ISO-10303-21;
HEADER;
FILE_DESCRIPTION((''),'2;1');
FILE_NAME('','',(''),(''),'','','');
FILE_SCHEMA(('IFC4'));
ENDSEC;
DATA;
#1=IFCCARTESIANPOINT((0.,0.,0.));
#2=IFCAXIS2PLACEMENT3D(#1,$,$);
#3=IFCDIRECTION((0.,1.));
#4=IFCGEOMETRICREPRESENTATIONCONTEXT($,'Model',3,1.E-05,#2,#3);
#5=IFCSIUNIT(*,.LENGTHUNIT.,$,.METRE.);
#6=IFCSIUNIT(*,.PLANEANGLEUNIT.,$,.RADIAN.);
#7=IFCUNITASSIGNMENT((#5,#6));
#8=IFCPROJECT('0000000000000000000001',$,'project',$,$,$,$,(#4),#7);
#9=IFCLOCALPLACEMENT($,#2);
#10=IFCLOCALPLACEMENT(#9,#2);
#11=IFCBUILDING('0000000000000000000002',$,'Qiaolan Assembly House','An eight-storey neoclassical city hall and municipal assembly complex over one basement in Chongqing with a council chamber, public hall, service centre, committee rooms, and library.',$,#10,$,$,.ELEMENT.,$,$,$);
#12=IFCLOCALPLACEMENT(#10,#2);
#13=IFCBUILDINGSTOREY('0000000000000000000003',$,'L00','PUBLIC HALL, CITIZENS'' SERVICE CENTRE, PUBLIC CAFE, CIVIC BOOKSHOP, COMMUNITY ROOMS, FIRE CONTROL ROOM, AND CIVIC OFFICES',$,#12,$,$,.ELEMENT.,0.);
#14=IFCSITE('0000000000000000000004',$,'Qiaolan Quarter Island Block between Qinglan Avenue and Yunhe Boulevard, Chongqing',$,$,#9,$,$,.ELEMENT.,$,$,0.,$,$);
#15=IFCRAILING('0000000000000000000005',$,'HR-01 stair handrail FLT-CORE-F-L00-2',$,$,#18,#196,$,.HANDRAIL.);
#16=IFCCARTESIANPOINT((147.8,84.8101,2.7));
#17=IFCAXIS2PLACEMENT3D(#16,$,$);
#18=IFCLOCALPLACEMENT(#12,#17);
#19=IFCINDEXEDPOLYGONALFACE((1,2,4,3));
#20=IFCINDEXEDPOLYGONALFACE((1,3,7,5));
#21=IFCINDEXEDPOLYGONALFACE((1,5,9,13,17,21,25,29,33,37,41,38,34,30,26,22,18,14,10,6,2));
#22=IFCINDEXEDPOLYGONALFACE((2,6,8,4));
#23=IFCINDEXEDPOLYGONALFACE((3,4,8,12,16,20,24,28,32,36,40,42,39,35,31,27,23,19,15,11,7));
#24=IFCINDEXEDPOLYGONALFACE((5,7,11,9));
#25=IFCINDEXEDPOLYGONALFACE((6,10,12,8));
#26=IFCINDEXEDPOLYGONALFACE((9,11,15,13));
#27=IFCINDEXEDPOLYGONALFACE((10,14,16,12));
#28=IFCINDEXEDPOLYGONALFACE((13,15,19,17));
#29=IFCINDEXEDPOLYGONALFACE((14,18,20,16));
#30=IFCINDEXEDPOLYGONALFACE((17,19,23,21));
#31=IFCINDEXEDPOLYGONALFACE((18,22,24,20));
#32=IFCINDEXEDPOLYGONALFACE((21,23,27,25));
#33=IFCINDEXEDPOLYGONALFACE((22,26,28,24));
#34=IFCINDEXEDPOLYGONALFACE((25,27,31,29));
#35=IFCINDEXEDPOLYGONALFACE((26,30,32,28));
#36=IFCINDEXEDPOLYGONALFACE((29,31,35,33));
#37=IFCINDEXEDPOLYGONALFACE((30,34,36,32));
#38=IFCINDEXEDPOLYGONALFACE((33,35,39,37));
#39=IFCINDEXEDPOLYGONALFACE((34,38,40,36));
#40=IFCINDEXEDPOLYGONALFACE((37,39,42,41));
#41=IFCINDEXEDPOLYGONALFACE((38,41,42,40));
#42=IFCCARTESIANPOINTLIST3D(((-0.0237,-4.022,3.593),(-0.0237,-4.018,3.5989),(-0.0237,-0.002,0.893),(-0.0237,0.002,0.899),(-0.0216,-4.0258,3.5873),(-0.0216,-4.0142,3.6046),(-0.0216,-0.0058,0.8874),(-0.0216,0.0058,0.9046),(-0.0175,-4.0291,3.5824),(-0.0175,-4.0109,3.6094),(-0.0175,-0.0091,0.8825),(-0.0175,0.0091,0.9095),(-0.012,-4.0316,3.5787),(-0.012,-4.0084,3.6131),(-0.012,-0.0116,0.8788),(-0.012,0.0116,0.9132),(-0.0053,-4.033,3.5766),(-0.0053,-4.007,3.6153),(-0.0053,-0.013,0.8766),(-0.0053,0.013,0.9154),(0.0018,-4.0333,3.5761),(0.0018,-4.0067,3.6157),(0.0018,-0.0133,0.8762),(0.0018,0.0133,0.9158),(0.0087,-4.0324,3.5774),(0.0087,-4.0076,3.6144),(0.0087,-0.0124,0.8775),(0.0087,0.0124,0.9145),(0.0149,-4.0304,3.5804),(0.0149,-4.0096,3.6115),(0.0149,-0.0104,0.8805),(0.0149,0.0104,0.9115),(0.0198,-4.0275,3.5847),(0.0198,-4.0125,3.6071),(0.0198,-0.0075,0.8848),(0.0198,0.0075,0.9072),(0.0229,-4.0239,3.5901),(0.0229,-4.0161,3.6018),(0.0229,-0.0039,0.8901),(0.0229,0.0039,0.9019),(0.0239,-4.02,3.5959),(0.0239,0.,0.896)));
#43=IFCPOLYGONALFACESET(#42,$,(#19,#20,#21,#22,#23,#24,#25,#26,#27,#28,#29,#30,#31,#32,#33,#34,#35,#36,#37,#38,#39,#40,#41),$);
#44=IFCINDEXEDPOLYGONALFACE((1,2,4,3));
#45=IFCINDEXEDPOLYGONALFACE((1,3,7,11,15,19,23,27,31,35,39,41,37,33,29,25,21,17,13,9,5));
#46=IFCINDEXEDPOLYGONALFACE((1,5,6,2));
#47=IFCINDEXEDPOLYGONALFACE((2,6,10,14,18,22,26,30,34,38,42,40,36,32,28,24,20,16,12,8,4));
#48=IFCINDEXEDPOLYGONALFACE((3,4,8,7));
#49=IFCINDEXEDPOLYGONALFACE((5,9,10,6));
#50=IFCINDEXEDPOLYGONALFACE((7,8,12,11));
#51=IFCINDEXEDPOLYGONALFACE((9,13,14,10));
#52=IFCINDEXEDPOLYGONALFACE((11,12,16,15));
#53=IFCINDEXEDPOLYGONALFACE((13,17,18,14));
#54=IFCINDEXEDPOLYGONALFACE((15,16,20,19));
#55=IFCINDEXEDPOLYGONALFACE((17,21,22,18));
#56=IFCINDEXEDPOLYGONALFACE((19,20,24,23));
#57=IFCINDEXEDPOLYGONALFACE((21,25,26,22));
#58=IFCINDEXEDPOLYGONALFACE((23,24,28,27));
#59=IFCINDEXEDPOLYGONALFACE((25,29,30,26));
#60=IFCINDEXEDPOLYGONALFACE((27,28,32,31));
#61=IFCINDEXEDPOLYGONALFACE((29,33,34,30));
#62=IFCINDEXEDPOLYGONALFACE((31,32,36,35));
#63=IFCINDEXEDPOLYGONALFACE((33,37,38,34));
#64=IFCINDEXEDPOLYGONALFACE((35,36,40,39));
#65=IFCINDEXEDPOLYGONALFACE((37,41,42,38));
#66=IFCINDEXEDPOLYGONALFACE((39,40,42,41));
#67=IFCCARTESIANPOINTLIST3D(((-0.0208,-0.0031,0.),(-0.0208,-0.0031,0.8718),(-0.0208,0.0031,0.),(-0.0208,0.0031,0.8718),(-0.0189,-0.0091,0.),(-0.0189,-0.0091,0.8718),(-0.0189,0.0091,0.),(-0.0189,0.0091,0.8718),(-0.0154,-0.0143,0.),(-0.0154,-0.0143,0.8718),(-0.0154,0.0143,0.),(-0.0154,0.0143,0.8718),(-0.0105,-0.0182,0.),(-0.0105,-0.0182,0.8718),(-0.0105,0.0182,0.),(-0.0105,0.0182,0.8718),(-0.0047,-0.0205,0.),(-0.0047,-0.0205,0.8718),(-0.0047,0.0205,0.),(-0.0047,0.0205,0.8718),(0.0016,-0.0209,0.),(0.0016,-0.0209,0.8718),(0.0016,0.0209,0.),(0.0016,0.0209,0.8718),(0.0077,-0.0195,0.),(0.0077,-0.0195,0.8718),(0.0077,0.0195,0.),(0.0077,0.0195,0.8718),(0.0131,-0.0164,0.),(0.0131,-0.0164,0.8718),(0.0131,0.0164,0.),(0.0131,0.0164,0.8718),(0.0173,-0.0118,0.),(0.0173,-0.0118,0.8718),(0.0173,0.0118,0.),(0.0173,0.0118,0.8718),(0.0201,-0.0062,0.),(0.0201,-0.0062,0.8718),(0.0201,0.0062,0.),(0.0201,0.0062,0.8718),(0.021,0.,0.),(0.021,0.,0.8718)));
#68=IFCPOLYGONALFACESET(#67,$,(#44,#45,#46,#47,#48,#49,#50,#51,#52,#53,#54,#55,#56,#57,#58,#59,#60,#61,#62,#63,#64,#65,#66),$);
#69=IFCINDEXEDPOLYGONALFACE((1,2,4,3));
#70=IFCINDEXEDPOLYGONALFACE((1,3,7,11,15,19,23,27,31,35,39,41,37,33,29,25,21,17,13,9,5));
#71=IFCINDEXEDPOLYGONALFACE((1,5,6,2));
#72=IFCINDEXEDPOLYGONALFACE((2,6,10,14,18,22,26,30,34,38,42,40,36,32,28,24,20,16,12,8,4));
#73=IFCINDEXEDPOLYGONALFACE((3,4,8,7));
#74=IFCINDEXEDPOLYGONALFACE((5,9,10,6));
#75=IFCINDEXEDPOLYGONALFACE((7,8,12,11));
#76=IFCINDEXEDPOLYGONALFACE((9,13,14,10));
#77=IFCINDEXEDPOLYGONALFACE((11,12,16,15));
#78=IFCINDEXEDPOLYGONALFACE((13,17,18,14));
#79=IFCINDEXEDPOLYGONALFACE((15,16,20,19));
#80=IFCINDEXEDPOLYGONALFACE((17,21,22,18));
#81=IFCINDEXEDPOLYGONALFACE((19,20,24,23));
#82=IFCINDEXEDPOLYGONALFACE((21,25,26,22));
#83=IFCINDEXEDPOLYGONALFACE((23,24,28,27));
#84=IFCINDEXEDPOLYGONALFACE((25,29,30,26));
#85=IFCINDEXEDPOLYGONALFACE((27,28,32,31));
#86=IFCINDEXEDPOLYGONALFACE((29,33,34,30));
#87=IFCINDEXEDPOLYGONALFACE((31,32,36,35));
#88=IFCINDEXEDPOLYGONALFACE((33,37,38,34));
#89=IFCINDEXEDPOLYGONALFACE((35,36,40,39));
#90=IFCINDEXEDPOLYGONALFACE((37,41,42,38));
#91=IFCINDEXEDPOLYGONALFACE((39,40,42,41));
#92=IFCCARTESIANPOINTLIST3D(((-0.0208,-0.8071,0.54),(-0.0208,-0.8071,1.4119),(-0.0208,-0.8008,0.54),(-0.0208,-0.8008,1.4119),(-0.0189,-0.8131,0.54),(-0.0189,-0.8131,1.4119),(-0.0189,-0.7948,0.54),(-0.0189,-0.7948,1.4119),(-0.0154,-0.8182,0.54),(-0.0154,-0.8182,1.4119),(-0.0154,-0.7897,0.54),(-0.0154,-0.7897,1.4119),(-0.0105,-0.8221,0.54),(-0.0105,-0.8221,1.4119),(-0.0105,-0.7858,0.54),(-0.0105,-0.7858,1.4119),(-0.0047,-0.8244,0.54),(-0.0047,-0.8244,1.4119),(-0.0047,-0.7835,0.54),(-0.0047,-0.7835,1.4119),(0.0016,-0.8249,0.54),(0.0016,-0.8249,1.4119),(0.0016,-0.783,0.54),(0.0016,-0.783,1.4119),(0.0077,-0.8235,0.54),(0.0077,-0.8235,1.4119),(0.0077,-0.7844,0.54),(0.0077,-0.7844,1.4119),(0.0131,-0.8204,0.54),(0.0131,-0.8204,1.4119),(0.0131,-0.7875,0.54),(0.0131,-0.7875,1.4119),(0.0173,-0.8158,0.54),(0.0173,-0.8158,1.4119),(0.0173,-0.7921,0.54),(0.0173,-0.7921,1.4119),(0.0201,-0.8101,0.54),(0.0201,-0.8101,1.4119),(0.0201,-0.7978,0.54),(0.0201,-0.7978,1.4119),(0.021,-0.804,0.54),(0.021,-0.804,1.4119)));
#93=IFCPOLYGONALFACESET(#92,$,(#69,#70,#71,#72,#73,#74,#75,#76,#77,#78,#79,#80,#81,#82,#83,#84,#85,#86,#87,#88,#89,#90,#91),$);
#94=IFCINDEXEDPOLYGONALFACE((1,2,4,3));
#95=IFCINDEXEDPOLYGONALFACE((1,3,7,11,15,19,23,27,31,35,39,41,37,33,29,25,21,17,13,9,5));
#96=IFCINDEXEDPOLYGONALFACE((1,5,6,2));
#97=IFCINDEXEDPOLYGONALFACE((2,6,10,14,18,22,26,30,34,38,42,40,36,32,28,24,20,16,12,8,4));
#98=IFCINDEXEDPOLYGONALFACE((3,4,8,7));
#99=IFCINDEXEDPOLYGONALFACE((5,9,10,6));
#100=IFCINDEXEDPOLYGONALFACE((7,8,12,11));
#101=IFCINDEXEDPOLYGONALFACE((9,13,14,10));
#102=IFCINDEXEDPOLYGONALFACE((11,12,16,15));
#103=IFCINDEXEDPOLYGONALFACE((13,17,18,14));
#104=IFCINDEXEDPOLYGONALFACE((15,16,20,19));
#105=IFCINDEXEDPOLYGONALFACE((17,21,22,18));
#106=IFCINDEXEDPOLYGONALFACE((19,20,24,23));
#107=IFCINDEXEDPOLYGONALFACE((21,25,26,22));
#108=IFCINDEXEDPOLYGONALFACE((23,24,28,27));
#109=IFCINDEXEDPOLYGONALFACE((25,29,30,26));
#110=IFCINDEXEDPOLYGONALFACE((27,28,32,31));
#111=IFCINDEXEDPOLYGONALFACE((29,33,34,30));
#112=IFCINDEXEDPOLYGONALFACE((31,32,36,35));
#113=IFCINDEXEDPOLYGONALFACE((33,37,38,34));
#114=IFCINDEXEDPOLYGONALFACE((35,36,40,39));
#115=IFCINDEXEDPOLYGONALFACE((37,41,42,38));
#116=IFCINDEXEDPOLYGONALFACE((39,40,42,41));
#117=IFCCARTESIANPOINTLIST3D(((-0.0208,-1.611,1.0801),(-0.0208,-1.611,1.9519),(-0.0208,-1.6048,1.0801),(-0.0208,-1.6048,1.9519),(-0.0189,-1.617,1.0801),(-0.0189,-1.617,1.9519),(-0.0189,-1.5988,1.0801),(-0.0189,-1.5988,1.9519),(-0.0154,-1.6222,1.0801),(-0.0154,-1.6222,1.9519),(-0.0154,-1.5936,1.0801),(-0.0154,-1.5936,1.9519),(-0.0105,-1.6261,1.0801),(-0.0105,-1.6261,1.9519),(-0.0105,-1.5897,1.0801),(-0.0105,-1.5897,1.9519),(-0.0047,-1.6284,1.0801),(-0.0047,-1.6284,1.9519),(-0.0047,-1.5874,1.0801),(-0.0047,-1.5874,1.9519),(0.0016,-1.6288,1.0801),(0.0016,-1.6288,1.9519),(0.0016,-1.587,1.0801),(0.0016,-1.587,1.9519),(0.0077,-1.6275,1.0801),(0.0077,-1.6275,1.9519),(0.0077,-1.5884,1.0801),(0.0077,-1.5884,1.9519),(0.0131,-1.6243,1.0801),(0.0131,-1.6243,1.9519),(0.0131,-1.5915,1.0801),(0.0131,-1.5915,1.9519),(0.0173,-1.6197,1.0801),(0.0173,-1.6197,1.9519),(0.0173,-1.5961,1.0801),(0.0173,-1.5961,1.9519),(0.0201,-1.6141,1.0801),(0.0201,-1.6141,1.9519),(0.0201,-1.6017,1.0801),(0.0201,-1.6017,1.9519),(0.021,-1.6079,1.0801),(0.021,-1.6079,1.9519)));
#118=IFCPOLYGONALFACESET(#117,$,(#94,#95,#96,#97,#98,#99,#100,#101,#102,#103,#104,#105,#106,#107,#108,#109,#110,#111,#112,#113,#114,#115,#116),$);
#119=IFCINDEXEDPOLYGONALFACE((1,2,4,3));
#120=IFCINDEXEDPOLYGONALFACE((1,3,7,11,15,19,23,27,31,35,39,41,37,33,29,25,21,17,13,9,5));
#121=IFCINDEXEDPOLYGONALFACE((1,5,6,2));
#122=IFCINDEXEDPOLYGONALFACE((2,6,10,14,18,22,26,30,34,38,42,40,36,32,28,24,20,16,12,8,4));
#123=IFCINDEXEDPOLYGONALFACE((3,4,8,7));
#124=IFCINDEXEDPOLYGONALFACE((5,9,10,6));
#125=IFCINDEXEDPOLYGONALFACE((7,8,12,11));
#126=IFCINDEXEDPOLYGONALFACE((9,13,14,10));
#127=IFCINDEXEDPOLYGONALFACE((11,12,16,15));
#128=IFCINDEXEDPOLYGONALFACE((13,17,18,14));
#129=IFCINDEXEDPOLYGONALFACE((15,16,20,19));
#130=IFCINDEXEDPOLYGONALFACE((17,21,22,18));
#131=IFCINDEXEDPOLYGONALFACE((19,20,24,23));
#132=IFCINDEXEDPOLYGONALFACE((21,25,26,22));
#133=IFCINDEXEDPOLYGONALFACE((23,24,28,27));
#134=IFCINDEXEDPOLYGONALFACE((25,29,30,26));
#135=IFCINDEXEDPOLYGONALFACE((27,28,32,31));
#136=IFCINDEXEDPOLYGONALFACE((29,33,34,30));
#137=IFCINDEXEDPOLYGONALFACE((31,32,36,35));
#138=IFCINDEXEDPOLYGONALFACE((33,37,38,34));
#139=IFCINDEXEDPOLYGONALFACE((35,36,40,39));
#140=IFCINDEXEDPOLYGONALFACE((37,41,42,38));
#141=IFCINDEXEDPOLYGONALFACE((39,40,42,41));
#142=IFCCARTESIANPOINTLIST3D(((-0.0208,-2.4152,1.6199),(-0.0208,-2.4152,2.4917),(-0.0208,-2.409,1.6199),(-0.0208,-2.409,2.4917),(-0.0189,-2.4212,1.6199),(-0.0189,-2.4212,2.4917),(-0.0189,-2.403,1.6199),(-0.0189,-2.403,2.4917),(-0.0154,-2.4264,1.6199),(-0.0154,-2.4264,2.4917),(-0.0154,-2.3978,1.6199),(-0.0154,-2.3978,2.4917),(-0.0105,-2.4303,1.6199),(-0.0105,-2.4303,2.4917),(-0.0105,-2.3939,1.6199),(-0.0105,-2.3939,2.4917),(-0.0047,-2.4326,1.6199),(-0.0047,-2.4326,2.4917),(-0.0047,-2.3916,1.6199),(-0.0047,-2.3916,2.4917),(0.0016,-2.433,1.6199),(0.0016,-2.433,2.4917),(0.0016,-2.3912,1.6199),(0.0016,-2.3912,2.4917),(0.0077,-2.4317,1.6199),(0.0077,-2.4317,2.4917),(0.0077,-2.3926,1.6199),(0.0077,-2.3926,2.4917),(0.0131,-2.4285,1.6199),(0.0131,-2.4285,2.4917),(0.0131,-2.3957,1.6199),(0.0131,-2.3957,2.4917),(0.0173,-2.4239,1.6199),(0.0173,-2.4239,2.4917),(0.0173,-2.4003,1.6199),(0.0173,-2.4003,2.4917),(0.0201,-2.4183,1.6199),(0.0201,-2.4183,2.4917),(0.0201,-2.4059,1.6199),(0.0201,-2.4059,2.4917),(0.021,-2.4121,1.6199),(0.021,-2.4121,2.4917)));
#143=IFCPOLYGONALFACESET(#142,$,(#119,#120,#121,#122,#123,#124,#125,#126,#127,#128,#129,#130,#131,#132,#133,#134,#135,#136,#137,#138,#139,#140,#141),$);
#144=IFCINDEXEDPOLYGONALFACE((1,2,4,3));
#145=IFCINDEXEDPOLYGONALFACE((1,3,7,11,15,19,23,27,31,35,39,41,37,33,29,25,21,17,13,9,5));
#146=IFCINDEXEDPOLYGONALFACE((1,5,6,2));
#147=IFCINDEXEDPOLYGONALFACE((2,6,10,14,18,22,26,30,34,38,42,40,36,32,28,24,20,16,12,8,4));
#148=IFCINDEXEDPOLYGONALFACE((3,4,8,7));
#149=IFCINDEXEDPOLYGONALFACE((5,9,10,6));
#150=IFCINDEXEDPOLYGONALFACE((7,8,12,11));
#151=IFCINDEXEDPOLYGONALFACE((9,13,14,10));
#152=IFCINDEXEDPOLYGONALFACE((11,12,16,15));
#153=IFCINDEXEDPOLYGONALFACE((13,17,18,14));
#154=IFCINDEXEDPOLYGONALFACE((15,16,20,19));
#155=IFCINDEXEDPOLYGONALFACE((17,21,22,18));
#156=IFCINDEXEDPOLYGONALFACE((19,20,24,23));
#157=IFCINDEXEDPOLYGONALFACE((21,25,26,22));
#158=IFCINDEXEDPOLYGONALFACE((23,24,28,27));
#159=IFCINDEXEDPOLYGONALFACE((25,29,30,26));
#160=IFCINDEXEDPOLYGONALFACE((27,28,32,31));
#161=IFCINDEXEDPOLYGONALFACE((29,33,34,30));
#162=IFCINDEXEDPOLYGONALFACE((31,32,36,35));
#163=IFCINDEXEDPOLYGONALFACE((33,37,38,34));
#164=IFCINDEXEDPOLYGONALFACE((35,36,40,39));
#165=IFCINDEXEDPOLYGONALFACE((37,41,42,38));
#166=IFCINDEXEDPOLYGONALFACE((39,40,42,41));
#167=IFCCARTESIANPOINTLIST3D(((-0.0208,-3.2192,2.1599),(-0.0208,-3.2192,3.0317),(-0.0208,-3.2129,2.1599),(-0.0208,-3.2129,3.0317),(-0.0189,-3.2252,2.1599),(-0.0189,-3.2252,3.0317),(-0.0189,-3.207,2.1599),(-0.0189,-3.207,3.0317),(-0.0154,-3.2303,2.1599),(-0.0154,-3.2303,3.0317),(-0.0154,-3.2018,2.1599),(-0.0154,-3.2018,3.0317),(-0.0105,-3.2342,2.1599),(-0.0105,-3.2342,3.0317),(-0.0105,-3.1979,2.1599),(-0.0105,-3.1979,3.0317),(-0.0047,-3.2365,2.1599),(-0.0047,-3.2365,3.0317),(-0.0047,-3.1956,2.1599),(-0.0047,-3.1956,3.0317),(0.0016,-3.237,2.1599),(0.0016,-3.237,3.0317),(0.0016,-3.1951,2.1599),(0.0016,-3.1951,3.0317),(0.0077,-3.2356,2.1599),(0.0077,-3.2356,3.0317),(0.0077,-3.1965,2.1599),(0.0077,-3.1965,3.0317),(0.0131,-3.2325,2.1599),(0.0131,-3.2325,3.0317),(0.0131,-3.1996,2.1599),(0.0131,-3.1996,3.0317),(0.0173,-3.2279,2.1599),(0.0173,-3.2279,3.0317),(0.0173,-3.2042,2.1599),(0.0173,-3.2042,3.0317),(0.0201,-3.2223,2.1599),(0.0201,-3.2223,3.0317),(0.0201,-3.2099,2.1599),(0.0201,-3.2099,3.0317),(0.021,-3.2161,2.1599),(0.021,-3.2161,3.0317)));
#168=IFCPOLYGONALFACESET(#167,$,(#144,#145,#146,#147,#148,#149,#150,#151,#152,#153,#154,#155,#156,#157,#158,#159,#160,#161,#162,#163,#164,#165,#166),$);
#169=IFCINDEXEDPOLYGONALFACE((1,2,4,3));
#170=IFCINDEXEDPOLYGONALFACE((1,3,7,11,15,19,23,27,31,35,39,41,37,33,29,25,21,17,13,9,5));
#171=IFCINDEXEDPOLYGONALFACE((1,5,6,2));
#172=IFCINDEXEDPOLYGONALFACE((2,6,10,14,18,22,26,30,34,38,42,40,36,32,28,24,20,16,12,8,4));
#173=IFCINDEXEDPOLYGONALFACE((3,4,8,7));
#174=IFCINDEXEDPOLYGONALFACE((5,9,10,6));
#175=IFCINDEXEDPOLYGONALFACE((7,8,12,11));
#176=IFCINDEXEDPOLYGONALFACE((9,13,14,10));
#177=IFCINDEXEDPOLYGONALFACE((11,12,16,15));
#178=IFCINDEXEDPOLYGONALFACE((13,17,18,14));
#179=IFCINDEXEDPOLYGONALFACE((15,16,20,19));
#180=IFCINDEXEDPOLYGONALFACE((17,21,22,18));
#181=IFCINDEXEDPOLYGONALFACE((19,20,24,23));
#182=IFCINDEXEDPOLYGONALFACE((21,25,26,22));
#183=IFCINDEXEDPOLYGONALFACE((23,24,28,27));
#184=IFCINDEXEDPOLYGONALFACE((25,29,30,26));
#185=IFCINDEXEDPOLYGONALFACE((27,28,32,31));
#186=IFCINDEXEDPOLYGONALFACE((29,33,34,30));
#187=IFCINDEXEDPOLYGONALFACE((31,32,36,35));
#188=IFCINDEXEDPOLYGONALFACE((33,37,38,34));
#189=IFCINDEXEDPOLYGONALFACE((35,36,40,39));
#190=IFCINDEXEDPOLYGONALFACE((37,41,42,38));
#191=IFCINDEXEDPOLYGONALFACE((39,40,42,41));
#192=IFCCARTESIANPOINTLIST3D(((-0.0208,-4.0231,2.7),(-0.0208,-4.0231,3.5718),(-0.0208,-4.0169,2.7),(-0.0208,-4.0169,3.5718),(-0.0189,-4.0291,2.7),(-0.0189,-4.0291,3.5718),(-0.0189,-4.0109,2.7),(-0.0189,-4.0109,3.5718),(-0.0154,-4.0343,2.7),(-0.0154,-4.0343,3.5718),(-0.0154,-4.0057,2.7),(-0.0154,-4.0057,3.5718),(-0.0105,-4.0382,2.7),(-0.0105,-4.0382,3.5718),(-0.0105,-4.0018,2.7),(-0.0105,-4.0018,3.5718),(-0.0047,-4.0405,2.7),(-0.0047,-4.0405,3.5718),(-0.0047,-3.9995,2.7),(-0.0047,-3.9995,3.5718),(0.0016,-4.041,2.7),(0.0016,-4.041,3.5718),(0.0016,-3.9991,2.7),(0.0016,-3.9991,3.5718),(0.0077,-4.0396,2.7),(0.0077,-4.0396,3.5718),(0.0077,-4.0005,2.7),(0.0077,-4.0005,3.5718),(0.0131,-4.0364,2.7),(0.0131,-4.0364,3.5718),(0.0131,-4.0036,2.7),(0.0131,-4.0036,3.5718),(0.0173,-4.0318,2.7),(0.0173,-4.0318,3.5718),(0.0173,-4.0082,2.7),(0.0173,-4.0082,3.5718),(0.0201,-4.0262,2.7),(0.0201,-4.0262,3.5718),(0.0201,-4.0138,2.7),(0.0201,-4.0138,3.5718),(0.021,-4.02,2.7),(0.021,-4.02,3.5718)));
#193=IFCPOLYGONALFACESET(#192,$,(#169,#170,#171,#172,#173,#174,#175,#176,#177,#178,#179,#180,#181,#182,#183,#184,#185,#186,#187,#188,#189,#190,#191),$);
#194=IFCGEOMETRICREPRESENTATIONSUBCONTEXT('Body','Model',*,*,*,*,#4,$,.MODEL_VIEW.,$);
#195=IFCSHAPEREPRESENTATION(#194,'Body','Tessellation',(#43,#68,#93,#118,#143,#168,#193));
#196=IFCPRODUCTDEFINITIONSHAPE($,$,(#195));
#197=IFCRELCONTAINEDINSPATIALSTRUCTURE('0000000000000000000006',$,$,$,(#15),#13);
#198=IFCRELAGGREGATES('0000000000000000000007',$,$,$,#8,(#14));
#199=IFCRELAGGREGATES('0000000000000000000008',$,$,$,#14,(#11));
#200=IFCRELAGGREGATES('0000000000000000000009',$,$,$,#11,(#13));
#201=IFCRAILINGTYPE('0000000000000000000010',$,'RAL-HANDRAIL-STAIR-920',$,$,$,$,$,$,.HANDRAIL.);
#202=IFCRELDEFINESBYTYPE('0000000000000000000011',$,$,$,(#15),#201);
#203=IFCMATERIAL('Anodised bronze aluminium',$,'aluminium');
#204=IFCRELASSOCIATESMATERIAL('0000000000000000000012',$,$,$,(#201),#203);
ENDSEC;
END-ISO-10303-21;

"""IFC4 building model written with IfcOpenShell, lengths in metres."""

from ifc_helpers import new_model, si_unit, direction, frame, origin, origin_2d, place, context, subcontext, project, spatial, circle, extrude, material, type_object, element, save


model = new_model("IFC4")

# Units and contexts
model_context = context("Model", 3, precision=1e-05, world=origin(), true_north=direction((0.0, 1.0)))
body_context = subcontext(model_context, "Body", "Model", "MODEL_VIEW")
ifc_project = project(units=[si_unit("LENGTHUNIT", "METRE"), si_unit("PLANEANGLEUNIT", "RADIAN")], contexts=[model_context])

# Site, building, storey
site_placement = place(None, origin())
site = spatial("IfcSite", under=ifc_project, at=site_placement, Name="Qiaolan Quarter Island Block between Qinglan Avenue and Yunhe Boulevard, Chongqing", CompositionType="ELEMENT", RefElevation=0.0)
building_placement = place(site_placement, origin())
building = spatial("IfcBuilding", under=site, at=building_placement, Name="Qiaolan Assembly House", Description="An eight-storey neoclassical city hall and municipal assembly complex over one basement in Chongqing with a council chamber, public hall, service centre, committee rooms, and library.", CompositionType="ELEMENT")
storey_placement = place(building_placement, origin())
storey = spatial("IfcBuildingStorey", under=building, at=storey_placement, Name="L00", Description="PUBLIC HALL, CITIZENS' SERVICE CENTRE, PUBLIC CAFE, CIVIC BOOKSHOP, COMMUNITY ROOMS, FIRE CONTROL ROOM, AND CIVIC OFFICES", CompositionType="ELEMENT", Elevation=0.0)

# Shared definitions
ifc_material_1 = material(Name="Anodised bronze aluminium", Category="aluminium")

# Railing
railing_type_1 = type_object("IfcRailingType", Name="RAL-HANDRAIL-STAIR-920", PredefinedType="HANDRAIL", material=ifc_material_1)
railing_1_placement = place(storey_placement, frame((147.8, 84.8101, 2.7)))
element("IfcRailing", 1, at=railing_1_placement, inside=storey, type_object=railing_type_1, Name="HR-01 stair handrail FLT-CORE-F-L00-2", PredefinedType="HANDRAIL", context=body_context, shape_type="SweptSolid", body=[
    extrude(circle(Radius=0.0239, at=origin_2d()), frame((0.0, 0.0, 0.896), z_axis=(0.0, -0.830145, 0.557547), x_axis=(1.0, 0.0, 0.0)), (0.0, 0.0, 1.0), 4.8425),
    extrude(circle(Radius=0.021, at=origin_2d()), origin(), (0.0, 0.0, 1.0), 0.8718),
    extrude(circle(Radius=0.021, at=origin_2d()), frame((0.0, -0.804, 0.54)), (0.0, 0.0, 1.0), 0.8718),
    extrude(circle(Radius=0.021, at=origin_2d()), frame((0.0, -1.6079, 1.0801)), (0.0, 0.0, 1.0), 0.8718),
    extrude(circle(Radius=0.021, at=origin_2d()), frame((0.0, -2.4121, 1.6199)), (0.0, 0.0, 1.0), 0.8718),
    extrude(circle(Radius=0.021, at=origin_2d()), frame((0.0, -3.2161, 2.1599)), (0.0, 0.0, 1.0), 0.8718),
    extrude(circle(Radius=0.021, at=origin_2d()), frame((0.0, -4.02, 2.7)), (0.0, 0.0, 1.0), 0.8718),
])

save(model, "model.ifc")
